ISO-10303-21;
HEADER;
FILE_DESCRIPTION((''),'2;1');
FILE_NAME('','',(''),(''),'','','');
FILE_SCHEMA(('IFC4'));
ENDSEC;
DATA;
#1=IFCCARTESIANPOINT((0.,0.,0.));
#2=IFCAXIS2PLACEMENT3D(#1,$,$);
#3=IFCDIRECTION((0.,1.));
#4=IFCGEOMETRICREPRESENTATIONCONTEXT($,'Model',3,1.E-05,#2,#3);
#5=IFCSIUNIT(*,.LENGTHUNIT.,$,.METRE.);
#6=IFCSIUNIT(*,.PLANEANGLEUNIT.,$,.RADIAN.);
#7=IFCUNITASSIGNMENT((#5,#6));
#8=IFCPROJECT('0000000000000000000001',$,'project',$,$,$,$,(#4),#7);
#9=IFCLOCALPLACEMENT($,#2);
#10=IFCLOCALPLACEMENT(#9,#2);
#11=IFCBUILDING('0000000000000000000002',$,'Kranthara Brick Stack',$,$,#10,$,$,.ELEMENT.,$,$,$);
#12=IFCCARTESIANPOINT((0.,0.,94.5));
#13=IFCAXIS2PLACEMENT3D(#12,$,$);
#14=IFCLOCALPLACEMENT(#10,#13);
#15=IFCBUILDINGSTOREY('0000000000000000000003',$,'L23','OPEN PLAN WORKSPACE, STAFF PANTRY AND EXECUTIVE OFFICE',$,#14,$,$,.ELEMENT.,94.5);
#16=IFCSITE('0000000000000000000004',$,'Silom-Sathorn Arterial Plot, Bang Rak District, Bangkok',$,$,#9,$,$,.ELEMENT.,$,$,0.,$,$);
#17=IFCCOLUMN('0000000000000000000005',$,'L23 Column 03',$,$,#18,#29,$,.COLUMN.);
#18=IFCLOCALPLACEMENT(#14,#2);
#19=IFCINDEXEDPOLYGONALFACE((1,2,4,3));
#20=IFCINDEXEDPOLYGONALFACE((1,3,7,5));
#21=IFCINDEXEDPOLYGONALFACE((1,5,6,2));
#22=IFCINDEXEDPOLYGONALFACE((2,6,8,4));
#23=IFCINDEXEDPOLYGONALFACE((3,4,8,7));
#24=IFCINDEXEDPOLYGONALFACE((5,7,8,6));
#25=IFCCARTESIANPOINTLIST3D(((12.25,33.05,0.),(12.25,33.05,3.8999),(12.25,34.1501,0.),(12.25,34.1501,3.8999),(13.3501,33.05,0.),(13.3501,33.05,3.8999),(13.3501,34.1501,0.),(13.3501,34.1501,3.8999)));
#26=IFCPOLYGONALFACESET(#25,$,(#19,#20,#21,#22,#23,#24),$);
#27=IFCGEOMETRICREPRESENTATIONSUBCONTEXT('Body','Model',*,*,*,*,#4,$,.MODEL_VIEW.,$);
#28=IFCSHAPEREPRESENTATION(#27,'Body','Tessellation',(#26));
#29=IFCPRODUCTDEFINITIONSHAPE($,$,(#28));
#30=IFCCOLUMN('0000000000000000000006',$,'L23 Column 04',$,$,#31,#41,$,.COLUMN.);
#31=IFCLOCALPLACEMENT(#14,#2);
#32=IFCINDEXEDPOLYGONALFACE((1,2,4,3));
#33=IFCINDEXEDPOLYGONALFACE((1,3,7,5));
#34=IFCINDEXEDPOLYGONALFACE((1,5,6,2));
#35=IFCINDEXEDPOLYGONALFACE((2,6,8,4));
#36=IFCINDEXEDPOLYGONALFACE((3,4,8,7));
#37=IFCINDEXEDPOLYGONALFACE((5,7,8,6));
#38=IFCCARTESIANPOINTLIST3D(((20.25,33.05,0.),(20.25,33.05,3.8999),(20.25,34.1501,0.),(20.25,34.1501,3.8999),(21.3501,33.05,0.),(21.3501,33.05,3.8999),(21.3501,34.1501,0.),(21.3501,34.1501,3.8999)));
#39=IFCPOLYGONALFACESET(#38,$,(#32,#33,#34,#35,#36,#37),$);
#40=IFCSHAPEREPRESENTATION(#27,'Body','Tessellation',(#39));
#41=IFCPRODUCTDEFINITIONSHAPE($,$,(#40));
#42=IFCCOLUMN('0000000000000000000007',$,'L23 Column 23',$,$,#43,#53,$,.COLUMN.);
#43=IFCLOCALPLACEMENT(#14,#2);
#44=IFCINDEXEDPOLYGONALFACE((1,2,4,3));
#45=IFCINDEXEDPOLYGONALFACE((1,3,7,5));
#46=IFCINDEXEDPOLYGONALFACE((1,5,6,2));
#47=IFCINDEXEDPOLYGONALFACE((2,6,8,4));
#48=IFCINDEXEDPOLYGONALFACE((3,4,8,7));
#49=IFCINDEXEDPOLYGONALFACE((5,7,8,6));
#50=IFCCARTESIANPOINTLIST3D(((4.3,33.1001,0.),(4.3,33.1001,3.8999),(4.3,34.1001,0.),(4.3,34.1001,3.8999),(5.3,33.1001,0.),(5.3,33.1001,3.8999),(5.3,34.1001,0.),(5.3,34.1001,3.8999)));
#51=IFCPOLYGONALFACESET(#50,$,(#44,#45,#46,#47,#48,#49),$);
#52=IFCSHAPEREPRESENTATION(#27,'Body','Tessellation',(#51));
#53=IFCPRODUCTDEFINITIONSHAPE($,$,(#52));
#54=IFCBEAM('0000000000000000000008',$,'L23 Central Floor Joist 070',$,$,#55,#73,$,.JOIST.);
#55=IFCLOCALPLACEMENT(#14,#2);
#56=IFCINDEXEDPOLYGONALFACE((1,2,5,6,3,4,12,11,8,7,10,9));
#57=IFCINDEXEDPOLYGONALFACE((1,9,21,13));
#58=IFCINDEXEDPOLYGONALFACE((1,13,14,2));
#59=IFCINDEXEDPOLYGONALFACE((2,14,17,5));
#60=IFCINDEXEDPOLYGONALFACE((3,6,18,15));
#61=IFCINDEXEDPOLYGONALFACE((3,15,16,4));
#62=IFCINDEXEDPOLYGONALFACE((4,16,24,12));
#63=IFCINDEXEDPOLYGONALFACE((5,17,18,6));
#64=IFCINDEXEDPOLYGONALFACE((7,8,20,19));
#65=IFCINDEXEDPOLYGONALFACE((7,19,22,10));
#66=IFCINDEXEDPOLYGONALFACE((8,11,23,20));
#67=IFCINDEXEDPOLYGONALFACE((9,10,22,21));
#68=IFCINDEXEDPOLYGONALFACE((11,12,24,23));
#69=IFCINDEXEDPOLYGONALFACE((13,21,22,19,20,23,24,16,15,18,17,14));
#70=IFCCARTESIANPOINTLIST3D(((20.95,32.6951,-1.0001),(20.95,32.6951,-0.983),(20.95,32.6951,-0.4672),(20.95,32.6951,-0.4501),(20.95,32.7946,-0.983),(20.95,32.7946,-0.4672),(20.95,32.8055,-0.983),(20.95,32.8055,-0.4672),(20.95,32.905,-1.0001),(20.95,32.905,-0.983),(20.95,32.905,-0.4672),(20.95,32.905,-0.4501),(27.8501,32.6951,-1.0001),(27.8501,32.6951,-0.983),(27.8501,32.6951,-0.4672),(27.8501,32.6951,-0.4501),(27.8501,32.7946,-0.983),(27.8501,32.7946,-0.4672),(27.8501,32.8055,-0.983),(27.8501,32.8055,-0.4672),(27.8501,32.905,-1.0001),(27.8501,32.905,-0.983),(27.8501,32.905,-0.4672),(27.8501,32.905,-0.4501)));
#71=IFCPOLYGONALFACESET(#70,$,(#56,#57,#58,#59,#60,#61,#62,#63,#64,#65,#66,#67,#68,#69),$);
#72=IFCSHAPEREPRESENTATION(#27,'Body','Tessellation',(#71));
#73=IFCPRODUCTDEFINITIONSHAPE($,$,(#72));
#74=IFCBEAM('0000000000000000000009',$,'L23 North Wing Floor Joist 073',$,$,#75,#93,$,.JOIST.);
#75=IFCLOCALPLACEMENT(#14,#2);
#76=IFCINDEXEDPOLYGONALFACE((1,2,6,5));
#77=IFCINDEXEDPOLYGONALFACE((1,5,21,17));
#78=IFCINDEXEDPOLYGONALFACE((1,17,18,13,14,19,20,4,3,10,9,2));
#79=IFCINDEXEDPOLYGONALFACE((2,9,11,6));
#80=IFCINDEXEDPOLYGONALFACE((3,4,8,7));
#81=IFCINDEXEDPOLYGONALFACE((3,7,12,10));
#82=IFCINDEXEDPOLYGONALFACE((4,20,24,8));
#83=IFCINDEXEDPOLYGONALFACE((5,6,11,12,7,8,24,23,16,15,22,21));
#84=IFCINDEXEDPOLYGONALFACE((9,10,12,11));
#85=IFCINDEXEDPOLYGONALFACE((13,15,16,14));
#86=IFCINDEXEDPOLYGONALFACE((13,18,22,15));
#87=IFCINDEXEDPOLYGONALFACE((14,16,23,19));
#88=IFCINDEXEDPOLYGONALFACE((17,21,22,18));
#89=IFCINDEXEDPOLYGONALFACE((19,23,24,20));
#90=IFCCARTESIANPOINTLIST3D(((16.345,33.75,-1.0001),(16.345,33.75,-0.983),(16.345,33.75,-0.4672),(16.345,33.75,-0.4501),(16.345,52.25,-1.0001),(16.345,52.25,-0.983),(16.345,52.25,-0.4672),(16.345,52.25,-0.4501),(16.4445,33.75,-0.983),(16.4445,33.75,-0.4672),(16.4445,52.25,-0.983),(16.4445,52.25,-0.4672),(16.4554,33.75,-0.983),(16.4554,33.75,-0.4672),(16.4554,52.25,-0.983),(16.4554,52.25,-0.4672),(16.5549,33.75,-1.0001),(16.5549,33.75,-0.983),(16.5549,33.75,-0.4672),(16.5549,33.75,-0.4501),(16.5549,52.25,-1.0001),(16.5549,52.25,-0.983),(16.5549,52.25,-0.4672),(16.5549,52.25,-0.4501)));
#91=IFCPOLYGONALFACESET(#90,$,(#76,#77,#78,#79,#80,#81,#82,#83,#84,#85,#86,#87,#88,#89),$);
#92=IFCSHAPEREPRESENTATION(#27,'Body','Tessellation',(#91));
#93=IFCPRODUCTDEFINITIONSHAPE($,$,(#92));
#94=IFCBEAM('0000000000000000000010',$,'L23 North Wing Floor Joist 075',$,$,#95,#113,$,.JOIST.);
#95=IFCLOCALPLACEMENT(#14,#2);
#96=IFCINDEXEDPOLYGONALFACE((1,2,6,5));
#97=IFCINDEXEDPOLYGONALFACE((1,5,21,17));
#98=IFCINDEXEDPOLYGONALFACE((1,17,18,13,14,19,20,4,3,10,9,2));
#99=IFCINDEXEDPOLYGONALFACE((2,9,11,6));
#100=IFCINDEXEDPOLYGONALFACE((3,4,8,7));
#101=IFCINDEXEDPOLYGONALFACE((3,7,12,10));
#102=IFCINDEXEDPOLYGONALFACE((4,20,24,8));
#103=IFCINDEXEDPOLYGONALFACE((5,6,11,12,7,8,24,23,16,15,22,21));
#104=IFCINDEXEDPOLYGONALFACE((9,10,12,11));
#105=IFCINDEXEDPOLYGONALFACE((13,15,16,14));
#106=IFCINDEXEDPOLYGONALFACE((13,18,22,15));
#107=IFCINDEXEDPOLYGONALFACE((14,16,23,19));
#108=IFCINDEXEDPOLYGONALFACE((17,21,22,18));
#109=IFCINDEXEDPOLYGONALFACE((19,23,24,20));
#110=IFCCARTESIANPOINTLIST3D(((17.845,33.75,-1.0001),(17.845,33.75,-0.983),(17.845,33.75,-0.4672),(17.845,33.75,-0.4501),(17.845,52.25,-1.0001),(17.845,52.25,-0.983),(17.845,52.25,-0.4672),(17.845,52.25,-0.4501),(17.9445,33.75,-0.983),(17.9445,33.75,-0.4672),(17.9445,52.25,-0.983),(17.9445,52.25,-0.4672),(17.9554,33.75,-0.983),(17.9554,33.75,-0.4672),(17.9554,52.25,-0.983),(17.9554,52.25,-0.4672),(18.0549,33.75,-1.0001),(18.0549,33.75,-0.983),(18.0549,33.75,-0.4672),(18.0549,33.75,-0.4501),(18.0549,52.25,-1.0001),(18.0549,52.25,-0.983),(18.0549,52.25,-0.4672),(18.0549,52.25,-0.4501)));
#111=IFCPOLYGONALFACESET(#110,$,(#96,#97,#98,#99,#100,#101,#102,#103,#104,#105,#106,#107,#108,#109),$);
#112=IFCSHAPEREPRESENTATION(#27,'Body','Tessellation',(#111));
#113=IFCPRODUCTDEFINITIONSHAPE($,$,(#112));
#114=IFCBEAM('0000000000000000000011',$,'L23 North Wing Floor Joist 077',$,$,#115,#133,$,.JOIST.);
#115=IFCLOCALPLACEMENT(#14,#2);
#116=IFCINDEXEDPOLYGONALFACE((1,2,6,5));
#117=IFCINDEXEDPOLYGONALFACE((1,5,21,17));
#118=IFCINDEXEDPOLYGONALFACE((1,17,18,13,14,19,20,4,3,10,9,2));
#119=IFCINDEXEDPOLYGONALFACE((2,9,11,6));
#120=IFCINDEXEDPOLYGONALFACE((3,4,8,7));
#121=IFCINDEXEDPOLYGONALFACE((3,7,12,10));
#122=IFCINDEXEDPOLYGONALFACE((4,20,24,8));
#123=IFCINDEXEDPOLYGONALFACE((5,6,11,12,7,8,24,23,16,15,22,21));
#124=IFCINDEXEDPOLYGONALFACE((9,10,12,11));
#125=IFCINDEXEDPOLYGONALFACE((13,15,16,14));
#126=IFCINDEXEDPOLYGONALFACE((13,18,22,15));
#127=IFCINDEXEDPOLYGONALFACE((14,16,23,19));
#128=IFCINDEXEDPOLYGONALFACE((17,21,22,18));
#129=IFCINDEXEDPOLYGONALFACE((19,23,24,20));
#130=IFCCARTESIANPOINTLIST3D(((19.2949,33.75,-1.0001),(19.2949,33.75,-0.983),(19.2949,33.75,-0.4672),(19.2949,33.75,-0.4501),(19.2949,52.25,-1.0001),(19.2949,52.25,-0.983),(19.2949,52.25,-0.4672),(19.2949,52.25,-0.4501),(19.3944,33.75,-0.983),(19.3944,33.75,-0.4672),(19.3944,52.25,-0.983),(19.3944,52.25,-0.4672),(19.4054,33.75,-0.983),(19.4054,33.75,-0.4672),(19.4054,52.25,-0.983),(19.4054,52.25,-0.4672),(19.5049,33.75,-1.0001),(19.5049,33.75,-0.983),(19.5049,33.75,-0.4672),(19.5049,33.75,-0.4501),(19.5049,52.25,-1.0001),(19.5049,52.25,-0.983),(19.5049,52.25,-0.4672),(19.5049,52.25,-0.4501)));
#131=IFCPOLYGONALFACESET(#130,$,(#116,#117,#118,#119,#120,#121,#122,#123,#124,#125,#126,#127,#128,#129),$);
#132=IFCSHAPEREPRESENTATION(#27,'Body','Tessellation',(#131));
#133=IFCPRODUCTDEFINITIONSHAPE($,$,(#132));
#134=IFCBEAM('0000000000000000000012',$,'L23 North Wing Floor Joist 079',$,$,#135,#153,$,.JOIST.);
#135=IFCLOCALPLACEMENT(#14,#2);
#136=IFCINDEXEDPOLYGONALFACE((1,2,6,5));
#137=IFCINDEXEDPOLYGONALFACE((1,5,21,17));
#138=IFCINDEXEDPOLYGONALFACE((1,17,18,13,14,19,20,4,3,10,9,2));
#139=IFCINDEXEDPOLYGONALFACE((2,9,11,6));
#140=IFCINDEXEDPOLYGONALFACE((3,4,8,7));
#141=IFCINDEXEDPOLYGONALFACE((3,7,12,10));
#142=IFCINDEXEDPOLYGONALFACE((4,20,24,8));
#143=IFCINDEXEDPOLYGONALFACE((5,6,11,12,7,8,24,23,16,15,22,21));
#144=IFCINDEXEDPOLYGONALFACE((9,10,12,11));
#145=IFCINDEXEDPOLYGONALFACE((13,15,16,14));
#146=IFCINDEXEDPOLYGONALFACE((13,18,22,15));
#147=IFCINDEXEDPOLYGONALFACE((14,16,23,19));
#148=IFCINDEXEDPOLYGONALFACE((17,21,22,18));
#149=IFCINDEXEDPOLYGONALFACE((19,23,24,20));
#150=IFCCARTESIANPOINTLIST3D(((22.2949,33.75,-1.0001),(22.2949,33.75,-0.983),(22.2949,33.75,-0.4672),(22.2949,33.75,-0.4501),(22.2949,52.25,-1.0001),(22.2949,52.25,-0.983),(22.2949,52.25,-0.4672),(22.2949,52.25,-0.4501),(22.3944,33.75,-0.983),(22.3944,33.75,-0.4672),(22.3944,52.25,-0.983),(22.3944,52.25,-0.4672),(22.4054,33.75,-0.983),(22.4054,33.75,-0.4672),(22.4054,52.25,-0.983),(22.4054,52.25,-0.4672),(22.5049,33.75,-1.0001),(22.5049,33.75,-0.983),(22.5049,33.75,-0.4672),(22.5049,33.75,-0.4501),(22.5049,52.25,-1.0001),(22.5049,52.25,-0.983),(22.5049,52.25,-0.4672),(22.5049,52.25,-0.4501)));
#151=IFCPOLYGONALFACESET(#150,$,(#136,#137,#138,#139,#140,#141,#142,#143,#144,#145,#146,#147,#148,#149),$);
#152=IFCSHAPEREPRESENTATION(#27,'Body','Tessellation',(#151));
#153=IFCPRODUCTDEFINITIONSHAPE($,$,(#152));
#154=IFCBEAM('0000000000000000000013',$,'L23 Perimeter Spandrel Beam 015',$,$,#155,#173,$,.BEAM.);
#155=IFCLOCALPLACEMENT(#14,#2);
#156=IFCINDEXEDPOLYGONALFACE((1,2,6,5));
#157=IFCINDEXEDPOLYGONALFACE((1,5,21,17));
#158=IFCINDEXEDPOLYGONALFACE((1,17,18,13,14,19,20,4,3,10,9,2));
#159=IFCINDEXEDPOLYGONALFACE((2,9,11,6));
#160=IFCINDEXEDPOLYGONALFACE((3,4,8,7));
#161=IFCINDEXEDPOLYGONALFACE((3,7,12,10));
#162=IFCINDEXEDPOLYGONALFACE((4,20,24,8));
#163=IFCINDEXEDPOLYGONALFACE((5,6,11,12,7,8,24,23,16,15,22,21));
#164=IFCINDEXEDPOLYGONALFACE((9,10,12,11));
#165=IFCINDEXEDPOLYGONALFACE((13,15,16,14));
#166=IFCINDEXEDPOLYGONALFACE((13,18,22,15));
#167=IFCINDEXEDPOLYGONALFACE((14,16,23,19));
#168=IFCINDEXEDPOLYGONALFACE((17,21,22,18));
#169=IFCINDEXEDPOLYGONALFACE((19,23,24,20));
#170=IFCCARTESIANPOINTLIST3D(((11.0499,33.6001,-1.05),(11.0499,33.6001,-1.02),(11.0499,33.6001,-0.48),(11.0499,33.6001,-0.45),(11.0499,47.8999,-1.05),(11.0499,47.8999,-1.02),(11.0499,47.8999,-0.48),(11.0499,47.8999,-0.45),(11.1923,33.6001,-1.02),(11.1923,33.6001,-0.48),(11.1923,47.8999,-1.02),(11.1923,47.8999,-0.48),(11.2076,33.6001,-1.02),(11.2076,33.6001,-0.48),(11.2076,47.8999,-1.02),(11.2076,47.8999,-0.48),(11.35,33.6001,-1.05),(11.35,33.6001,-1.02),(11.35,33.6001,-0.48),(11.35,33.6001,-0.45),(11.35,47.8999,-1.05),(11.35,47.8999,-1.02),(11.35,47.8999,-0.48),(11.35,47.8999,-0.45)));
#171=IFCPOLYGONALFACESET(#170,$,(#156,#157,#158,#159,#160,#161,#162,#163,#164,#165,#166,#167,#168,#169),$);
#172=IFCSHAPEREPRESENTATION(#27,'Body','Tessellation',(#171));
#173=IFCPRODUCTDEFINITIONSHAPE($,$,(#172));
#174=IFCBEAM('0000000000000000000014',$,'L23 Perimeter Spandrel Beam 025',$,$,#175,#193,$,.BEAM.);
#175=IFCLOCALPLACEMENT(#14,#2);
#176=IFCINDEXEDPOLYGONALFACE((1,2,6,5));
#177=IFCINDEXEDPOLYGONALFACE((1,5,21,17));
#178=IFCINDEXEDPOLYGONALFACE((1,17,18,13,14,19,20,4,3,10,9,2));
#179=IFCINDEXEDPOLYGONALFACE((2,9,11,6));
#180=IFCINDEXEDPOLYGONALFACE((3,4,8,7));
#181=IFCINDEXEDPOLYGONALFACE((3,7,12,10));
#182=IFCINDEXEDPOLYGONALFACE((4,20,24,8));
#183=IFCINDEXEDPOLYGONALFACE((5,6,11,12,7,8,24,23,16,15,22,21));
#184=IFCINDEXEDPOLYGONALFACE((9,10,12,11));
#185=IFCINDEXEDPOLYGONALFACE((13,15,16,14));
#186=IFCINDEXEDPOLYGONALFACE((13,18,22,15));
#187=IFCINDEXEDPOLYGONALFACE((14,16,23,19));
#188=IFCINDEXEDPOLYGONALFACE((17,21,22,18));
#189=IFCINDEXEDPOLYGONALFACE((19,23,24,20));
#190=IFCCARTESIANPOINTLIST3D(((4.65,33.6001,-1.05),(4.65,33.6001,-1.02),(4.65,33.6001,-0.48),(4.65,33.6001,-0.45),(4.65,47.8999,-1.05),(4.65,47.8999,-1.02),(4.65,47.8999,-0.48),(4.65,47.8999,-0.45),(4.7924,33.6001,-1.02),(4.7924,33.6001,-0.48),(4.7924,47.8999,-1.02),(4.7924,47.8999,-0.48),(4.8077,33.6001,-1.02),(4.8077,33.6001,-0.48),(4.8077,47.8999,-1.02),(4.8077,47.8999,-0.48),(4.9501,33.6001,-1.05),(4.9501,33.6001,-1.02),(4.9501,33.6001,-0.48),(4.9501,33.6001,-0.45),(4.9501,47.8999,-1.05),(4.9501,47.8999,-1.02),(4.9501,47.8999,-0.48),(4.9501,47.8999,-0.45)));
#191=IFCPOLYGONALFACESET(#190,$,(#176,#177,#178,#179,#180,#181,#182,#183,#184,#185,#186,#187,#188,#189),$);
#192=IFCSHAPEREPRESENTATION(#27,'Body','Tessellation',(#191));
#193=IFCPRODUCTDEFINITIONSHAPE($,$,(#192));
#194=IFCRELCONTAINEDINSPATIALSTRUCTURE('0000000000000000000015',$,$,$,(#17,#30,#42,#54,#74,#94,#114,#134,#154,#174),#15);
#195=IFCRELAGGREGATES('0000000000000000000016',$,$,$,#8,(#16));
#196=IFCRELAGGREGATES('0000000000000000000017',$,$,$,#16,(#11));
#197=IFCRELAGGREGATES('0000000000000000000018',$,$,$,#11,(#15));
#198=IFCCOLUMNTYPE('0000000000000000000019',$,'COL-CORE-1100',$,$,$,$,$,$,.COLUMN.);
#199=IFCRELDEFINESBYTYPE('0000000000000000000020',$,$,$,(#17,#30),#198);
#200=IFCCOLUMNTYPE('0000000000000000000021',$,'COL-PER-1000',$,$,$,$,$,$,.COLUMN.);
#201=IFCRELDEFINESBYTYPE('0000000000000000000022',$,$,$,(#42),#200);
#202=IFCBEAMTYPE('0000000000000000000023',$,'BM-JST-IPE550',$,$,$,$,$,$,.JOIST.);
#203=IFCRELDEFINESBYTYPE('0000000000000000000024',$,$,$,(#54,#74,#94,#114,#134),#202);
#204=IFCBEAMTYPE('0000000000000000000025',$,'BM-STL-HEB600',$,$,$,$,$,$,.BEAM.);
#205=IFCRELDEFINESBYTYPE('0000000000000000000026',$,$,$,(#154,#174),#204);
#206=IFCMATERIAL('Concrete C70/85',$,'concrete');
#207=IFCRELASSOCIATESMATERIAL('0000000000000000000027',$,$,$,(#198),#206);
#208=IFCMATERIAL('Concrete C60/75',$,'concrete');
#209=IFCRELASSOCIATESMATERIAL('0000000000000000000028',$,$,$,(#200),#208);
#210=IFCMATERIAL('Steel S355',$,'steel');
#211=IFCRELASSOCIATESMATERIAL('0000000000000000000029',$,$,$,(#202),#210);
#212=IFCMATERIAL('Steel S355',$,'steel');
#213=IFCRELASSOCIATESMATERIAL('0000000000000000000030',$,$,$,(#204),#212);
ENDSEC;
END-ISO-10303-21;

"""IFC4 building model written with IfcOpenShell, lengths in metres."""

from ifc_helpers import new_model, si_unit, direction, frame, origin, origin_2d, place, context, subcontext, project, spatial, rectangle, i_section, extrude, material, material_profile, profile_set, type_object, element, save


model = new_model("IFC4")

# Units and contexts
model_context = context("Model", 3, precision=1e-05, world=origin(), true_north=direction((0.0, 1.0)))
body_context = subcontext(model_context, "Body", "Model", "MODEL_VIEW")
ifc_project = project(units=[si_unit("LENGTHUNIT", "METRE"), si_unit("PLANEANGLEUNIT", "RADIAN")], contexts=[model_context])

# Site, building, storey
site_placement = place(None, origin())
site = spatial("IfcSite", under=ifc_project, at=site_placement, Name="Silom-Sathorn Arterial Plot, Bang Rak District, Bangkok", CompositionType="ELEMENT", RefElevation=0.0)
building_placement = place(site_placement, origin())
building = spatial("IfcBuilding", under=site, at=building_placement, Name="Kranthara Brick Stack", CompositionType="ELEMENT")
storey_placement = place(building_placement, frame((0.0, 0.0, 94.5)))
storey = spatial("IfcBuildingStorey", under=building, at=storey_placement, Name="L23", Description="OPEN PLAN WORKSPACE, STAFF PANTRY AND EXECUTIVE OFFICE", CompositionType="ELEMENT", Elevation=94.5)

# Columns
ifc_material_1 = material(Name="Concrete C70/85", Category="concrete")
ifc_material_profile_1 = material_profile(ifc_material_1, rectangle(XDim=1.1001, YDim=1.1001, at=origin_2d()), Name="RC 1100x1100")
ifc_profile_set_1 = profile_set([ifc_material_profile_1], Name="Concrete C70/85")
column_type_1 = type_object("IfcColumnType", Name="COL-CORE-1100", PredefinedType="COLUMN", material=ifc_profile_set_1)
for number, where, z_axis, x_axis, name in (
    (1, (12.8, 33.6001, 0.0), (0.0, 0.0, 1.0), (1.0, 0.0, 0.0), "L23 Column 03"),
    (2, (20.8, 33.6001, 0.0), (0.0, 0.0, 1.0), (1.0, 0.0, 0.0), "L23 Column 04"),
):
    element("IfcColumn", number, at=place(storey_placement, frame(where, z_axis=z_axis, x_axis=x_axis)), inside=storey, type_object=column_type_1, Name=name, PredefinedType="COLUMN", context=body_context, shape_type="SweptSolid", body=[
        extrude(rectangle(XDim=1.1001, YDim=1.1001, at=origin_2d()), origin(), (0.0, 0.0, 1.0), 3.8999),
    ])
ifc_material_2 = material(Name="Concrete C60/75", Category="concrete")
ifc_material_profile_2 = material_profile(ifc_material_2, rectangle(XDim=1.0, YDim=1.0, at=origin_2d()), Name="RC 1000x1000")
ifc_profile_set_2 = profile_set([ifc_material_profile_2], Name="Concrete C60/75")
column_type_2 = type_object("IfcColumnType", Name="COL-PER-1000", PredefinedType="COLUMN", material=ifc_profile_set_2)
column_placement = place(storey_placement, frame((4.8, 33.6001, 0.0), z_axis=(0.0, 0.0, 1.0), x_axis=(1.0, 0.0, 0.0)))
element("IfcColumn", 3, at=column_placement, inside=storey, type_object=column_type_2, Name="L23 Column 23", PredefinedType="COLUMN", context=body_context, shape_type="SweptSolid", body=[
    extrude(rectangle(XDim=1.0, YDim=1.0, at=origin_2d()), origin(), (0.0, 0.0, 1.0), 3.8999),
])

# Beams
ifc_material_3 = material(Name="Steel S355", Category="steel")
ifc_material_profile_3 = material_profile(ifc_material_3, i_section(OverallWidth=0.21, OverallDepth=0.55, WebThickness=0.011, FlangeThickness=0.0171, at=origin_2d()), Name="IPE 550")
ifc_profile_set_3 = profile_set([ifc_material_profile_3], Name="Steel S355")
beam_type_1 = type_object("IfcBeamType", Name="BM-JST-IPE550", PredefinedType="JOIST", material=ifc_profile_set_3)
beam_1_placement = place(storey_placement, frame((20.95, 32.8, -0.7251), z_axis=(1.0, 0.0, 0.0), x_axis=(0.0, 1.0, 0.0)))
element("IfcBeam", 4, at=beam_1_placement, inside=storey, type_object=beam_type_1, Name="L23 Central Floor Joist 070", PredefinedType="JOIST", context=body_context, shape_type="SweptSolid", body=[
    extrude(i_section(OverallWidth=0.21, OverallDepth=0.55, WebThickness=0.011, FlangeThickness=0.0171, at=origin_2d()), origin(), (0.0, 0.0, 1.0), 6.9001),
])
for number, where, z_axis, x_axis, name in (
    (5, (16.45, 33.75, -0.7251), (0.0, 1.0, 0.0), (-1.0, 0.0, 0.0), "L23 North Wing Floor Joist 073"),
    (6, (17.95, 33.75, -0.7251), (0.0, 1.0, 0.0), (-1.0, 0.0, 0.0), "L23 North Wing Floor Joist 075"),
    (7, (19.3999, 33.75, -0.7251), (0.0, 1.0, 0.0), (-1.0, 0.0, 0.0), "L23 North Wing Floor Joist 077"),
    (8, (22.3999, 33.75, -0.7251), (0.0, 1.0, 0.0), (-1.0, 0.0, 0.0), "L23 North Wing Floor Joist 079"),
):
    element("IfcBeam", number, at=place(storey_placement, frame(where, z_axis=z_axis, x_axis=x_axis)), inside=storey, type_object=beam_type_1, Name=name, PredefinedType="JOIST", context=body_context, shape_type="SweptSolid", body=[
        extrude(i_section(OverallWidth=0.21, OverallDepth=0.55, WebThickness=0.011, FlangeThickness=0.0171, at=origin_2d()), origin(), (0.0, 0.0, 1.0), 18.5),
    ])
ifc_material_4 = material(Name="Steel S355", Category="steel")
ifc_material_profile_4 = material_profile(ifc_material_4, i_section(OverallWidth=0.3, OverallDepth=0.6001, WebThickness=0.0154, FlangeThickness=0.03, at=origin_2d()), Name="HEB 600")
ifc_profile_set_4 = profile_set([ifc_material_profile_4], Name="Steel S355")
beam_type_2 = type_object("IfcBeamType", Name="BM-STL-HEB600", PredefinedType="BEAM", material=ifc_profile_set_4)
for number, where, z_axis, x_axis, name in (
    (9, (11.2, 33.6001, -0.75), (0.0, 1.0, 0.0), (-1.0, 0.0, 0.0), "L23 Perimeter Spandrel Beam 015"),
    (10, (4.8, 33.6001, -0.75), (0.0, 1.0, 0.0), (-1.0, 0.0, 0.0), "L23 Perimeter Spandrel Beam 025"),
):
    element("IfcBeam", number, at=place(storey_placement, frame(where, z_axis=z_axis, x_axis=x_axis)), inside=storey, type_object=beam_type_2, Name=name, PredefinedType="BEAM", context=body_context, shape_type="SweptSolid", body=[
        extrude(i_section(OverallWidth=0.3, OverallDepth=0.6001, WebThickness=0.0154, FlangeThickness=0.03, at=origin_2d()), origin(), (0.0, 0.0, 1.0), 14.2998),
    ])

save(model, "model.ifc")
